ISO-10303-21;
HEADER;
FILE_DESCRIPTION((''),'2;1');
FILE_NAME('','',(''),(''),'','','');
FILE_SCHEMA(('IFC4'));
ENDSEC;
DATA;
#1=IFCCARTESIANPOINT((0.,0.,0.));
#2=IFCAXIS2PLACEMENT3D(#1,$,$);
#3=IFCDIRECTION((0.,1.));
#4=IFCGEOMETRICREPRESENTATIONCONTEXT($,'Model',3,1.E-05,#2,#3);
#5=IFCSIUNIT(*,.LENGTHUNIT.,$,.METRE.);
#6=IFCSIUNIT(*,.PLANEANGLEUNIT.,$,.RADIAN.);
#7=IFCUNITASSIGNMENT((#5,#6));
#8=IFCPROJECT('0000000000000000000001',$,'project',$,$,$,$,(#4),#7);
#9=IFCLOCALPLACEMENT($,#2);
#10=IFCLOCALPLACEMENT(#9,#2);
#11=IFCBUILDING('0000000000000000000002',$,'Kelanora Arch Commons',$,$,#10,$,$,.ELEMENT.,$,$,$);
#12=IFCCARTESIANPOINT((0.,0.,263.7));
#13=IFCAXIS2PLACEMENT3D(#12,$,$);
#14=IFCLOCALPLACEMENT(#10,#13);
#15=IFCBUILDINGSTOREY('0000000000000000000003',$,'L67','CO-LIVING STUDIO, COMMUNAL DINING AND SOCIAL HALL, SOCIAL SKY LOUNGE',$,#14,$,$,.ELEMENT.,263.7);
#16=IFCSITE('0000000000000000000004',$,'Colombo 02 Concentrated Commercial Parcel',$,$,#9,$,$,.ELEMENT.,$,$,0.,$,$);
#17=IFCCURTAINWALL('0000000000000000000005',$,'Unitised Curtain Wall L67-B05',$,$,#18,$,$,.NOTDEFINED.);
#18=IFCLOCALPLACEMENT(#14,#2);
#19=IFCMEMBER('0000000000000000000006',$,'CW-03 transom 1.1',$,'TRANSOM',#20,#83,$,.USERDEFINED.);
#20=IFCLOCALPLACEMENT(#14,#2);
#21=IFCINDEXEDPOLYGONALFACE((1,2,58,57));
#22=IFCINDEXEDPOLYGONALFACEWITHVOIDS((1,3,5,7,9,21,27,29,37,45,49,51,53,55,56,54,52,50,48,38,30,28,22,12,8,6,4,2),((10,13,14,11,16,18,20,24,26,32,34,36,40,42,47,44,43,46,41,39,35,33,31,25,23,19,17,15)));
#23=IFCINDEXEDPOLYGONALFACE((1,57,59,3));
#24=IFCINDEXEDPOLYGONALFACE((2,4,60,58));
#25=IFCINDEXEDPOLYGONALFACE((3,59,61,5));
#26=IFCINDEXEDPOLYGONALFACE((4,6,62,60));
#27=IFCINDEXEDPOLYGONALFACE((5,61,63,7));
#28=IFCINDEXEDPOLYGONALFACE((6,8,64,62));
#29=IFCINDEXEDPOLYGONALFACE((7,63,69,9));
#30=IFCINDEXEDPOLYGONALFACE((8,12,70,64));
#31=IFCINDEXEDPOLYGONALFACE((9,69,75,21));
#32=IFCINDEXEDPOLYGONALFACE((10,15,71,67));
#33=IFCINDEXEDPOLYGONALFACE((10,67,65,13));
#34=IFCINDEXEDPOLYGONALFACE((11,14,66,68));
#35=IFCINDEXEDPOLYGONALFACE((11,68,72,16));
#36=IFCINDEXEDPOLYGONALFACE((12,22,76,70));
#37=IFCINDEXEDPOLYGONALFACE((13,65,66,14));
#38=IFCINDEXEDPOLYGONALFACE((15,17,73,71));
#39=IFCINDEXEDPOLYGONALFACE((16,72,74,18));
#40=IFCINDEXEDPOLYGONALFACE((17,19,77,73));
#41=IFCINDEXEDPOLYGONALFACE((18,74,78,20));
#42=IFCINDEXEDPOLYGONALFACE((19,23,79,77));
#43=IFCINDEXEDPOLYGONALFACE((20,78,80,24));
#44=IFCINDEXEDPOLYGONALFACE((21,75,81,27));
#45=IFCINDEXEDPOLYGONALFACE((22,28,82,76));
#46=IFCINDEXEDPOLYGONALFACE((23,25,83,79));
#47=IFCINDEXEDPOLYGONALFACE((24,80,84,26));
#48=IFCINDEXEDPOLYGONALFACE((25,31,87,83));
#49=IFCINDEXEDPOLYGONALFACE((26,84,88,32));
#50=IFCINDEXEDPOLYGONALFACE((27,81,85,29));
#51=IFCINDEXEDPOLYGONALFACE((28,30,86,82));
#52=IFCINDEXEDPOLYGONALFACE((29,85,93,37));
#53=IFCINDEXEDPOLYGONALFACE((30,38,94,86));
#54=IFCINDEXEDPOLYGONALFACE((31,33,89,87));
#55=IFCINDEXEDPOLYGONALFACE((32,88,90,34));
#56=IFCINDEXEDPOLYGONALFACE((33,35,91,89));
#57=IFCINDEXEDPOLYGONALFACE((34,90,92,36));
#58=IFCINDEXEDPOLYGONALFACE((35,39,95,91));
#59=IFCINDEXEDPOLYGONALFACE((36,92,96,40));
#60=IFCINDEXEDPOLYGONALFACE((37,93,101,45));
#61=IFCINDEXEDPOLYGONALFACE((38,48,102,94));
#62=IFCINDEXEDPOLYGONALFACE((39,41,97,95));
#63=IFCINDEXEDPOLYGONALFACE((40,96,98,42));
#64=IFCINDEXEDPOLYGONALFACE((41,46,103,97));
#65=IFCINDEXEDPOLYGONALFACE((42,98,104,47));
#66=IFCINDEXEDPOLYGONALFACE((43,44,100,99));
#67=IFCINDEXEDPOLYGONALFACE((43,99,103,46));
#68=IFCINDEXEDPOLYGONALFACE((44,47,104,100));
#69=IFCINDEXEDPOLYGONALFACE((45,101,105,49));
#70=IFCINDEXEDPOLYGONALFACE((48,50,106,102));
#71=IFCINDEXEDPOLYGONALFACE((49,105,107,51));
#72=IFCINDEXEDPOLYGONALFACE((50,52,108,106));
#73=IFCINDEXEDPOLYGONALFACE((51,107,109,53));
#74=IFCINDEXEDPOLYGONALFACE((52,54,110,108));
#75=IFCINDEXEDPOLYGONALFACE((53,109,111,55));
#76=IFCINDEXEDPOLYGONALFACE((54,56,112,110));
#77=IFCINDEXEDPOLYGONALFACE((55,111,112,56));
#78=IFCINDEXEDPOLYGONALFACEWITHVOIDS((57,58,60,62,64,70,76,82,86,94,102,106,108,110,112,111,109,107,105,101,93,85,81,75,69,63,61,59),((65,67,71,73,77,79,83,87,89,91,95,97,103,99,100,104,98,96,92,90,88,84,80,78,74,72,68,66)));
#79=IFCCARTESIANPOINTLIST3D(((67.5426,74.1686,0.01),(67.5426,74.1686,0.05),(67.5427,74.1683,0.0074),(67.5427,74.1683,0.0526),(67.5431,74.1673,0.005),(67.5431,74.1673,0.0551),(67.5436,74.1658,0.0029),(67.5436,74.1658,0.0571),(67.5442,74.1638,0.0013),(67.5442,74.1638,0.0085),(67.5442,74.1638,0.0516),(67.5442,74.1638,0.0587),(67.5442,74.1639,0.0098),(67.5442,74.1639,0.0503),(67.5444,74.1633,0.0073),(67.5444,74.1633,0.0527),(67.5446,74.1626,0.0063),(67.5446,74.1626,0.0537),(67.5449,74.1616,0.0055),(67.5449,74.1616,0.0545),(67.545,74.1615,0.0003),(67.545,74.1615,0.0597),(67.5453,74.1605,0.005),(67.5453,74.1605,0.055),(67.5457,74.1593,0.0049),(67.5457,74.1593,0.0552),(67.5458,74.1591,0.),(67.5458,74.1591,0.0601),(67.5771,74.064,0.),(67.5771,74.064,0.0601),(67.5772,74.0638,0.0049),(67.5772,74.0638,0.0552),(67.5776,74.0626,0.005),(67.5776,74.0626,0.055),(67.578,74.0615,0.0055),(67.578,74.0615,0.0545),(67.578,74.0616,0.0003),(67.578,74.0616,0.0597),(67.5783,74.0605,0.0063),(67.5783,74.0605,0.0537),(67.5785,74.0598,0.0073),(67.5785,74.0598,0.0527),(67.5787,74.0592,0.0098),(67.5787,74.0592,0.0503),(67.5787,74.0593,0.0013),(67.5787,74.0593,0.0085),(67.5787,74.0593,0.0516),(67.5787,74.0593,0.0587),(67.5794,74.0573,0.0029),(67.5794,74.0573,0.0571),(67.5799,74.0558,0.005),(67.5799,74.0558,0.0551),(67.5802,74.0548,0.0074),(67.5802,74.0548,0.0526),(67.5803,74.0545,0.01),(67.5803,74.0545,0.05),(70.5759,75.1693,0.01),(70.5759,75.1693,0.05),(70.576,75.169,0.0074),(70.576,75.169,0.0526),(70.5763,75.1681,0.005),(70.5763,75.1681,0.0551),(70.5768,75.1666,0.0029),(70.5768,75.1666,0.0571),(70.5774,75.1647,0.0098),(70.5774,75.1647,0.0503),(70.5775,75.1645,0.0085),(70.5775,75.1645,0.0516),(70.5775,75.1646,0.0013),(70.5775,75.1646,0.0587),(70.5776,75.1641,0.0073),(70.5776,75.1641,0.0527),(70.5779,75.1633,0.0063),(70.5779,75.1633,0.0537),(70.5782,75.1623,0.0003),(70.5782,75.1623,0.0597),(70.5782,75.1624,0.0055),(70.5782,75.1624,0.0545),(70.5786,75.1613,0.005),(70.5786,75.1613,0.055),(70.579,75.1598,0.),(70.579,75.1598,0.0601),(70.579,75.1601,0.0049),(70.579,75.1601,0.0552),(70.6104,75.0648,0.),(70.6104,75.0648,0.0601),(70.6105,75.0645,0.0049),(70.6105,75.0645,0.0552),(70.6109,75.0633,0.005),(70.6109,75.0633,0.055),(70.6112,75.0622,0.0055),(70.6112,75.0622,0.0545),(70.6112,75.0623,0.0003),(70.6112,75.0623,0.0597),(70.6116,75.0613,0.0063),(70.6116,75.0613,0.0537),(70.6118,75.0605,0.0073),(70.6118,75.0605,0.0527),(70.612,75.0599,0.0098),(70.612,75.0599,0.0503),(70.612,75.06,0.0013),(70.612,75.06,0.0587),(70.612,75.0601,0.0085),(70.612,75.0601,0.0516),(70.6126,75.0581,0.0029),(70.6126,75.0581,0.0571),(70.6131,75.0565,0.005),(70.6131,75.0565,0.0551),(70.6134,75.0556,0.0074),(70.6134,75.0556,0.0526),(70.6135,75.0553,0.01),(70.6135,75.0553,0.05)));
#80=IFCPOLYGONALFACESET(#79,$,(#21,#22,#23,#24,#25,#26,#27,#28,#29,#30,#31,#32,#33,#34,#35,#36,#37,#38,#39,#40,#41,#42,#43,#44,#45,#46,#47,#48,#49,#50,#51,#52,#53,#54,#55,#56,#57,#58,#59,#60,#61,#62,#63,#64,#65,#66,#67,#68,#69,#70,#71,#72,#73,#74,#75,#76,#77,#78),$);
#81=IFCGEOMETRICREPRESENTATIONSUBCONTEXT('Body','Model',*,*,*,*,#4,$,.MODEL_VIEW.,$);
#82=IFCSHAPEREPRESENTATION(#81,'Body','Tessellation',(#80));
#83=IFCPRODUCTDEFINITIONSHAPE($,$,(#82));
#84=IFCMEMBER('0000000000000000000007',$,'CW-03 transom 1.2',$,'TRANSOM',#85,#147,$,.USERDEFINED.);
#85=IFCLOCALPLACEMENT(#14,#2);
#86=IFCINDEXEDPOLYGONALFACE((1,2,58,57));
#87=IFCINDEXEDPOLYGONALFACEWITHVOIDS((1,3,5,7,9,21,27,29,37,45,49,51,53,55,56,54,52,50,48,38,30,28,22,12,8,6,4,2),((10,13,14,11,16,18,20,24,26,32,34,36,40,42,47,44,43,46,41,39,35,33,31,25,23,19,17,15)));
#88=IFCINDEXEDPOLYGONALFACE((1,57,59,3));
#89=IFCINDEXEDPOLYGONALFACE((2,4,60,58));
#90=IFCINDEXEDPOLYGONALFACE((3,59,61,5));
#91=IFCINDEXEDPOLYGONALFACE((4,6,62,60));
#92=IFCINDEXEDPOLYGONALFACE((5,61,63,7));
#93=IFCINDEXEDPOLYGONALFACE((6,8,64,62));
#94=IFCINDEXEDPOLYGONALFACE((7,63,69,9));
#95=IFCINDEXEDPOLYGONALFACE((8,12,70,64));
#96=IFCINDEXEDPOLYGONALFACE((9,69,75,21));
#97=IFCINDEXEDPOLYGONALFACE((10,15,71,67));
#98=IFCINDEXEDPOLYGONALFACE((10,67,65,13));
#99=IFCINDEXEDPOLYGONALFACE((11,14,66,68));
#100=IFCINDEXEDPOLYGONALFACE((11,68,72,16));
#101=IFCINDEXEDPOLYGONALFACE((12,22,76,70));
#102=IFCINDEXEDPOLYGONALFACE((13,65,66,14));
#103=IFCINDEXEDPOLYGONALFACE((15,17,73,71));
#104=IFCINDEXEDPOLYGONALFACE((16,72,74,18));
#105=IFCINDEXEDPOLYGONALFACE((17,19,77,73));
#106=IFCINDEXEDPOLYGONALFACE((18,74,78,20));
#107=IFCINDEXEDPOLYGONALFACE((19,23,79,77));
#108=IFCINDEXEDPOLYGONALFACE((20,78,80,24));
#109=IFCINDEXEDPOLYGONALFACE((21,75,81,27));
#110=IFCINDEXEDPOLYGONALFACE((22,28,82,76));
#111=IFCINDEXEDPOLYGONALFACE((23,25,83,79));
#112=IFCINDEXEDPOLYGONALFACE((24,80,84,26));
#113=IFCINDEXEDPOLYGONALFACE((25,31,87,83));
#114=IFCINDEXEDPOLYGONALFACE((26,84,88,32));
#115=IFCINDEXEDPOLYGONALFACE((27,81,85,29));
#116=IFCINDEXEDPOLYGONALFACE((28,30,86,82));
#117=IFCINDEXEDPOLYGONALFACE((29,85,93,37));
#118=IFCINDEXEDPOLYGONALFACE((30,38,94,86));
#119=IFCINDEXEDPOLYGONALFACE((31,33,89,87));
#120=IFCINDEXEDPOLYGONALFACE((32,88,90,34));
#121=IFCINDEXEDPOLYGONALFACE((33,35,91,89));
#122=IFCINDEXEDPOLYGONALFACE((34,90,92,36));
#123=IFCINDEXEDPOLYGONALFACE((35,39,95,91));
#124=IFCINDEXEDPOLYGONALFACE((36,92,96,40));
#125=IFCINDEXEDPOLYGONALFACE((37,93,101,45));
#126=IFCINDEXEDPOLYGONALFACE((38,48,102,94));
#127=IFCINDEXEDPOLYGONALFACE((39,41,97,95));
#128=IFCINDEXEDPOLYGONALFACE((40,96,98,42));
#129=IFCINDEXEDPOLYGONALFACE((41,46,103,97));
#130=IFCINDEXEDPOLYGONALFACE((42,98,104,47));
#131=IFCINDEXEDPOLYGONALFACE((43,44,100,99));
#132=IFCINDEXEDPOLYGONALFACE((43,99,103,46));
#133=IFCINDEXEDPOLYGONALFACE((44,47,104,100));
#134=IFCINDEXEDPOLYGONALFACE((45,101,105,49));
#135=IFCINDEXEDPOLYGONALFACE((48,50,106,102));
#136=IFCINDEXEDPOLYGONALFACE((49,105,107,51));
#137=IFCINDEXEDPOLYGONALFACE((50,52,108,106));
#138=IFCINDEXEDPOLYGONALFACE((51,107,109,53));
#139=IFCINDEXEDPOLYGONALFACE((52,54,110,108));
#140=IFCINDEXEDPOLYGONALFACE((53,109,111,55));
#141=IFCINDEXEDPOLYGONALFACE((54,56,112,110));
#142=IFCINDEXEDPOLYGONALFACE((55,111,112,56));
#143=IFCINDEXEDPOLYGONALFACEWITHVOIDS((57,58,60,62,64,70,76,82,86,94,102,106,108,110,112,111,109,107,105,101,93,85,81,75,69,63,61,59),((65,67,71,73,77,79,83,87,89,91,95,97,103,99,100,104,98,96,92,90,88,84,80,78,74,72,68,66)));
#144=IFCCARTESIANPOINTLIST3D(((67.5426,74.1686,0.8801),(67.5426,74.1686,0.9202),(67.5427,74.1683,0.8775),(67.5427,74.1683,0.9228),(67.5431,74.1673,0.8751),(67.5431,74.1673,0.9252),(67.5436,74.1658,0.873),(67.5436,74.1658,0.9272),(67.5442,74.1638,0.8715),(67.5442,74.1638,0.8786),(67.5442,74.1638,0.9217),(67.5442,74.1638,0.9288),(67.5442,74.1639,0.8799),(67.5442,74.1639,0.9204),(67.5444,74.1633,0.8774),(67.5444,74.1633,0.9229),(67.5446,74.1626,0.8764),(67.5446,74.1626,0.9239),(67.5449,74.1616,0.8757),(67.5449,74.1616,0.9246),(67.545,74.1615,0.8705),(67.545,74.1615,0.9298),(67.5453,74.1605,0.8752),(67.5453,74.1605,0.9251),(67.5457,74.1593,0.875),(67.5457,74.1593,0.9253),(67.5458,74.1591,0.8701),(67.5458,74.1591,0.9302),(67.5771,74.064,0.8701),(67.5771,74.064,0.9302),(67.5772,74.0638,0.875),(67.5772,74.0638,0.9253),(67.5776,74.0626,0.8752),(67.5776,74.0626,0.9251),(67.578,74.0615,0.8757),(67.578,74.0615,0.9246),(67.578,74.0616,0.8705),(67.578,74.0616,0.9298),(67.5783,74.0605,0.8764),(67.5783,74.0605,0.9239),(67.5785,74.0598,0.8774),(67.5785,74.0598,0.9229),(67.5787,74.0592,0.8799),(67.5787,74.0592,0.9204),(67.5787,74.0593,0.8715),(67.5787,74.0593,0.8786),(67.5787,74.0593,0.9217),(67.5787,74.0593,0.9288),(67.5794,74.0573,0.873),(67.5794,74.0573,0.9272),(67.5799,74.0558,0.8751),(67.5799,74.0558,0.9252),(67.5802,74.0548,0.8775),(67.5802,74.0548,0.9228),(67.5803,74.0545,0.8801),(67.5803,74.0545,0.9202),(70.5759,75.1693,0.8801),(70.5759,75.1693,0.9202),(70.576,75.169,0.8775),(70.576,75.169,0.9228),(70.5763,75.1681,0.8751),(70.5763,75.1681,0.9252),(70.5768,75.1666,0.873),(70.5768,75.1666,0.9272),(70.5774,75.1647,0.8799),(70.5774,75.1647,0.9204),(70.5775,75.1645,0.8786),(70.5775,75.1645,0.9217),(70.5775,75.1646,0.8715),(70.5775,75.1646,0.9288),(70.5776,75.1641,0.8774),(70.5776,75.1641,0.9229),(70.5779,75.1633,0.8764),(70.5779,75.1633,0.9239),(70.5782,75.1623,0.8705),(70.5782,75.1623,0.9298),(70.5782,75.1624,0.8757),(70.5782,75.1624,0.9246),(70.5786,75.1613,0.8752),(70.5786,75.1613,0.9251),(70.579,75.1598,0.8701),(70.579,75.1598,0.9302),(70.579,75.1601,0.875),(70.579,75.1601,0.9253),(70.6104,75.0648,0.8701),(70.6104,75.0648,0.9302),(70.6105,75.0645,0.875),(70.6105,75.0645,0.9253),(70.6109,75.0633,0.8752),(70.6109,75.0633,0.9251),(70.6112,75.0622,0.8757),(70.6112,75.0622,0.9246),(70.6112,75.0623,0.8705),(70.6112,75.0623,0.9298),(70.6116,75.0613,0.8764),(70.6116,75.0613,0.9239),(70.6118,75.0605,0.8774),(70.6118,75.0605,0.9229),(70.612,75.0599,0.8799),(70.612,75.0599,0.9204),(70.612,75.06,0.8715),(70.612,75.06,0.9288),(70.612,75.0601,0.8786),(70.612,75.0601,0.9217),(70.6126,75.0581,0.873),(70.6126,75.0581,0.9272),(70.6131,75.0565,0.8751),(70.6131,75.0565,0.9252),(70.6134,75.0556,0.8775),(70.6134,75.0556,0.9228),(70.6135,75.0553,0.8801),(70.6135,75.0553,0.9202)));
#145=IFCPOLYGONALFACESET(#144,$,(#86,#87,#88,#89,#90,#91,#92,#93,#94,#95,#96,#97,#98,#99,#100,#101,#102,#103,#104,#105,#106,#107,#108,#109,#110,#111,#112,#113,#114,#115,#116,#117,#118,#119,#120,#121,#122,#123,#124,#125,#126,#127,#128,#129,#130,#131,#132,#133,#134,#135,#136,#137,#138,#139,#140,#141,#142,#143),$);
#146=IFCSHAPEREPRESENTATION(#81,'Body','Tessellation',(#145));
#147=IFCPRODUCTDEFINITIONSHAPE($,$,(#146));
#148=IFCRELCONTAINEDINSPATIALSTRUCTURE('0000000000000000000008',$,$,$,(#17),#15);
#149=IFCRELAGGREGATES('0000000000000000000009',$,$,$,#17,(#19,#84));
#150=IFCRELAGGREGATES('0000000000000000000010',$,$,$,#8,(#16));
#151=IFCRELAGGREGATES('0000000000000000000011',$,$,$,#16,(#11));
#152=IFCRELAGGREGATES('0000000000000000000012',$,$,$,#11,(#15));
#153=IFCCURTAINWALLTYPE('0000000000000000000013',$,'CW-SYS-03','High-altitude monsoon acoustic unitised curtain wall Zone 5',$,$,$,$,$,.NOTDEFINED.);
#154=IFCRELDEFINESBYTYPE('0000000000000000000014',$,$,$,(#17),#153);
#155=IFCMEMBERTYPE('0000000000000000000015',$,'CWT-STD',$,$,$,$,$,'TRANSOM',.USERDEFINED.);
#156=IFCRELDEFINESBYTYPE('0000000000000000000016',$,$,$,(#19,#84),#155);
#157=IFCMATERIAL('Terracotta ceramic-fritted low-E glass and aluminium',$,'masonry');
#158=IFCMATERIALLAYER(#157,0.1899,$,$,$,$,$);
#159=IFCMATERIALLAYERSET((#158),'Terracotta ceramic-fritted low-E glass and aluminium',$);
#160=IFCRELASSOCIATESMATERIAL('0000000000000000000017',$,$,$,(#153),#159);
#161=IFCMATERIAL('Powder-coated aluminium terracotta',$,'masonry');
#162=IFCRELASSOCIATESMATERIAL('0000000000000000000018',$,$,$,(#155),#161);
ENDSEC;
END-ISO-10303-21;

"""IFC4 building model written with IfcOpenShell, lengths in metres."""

from ifc_helpers import new_model, si_unit, direction, frame, origin, origin_2d, place, context, subcontext, project, spatial, hollow_rectangle, extrude, material, layer, layer_set, material_profile, profile_set, type_object, element, aggregate, save


model = new_model("IFC4")

# Units and contexts
model_context = context("Model", 3, precision=1e-05, world=origin(), true_north=direction((0.0, 1.0)))
body_context = subcontext(model_context, "Body", "Model", "MODEL_VIEW")
ifc_project = project(units=[si_unit("LENGTHUNIT", "METRE"), si_unit("PLANEANGLEUNIT", "RADIAN")], contexts=[model_context])

# Site, building, storey
site_placement = place(None, origin())
site = spatial("IfcSite", under=ifc_project, at=site_placement, Name="Colombo 02 Concentrated Commercial Parcel", CompositionType="ELEMENT", RefElevation=0.0)
building_placement = place(site_placement, origin())
building = spatial("IfcBuilding", under=site, at=building_placement, Name="Kelanora Arch Commons", CompositionType="ELEMENT")
storey_placement = place(building_placement, frame((0.0, 0.0, 263.7)))
storey = spatial("IfcBuildingStorey", under=building, at=storey_placement, Name="L67", Description="CO-LIVING STUDIO, COMMUNAL DINING AND SOCIAL HALL, SOCIAL SKY LOUNGE", CompositionType="ELEMENT", Elevation=263.7)

# Curtain wall, members
ifc_material_1 = material(Name="Terracotta ceramic-fritted low-E glass and aluminium", Category="masonry")
ifc_layer_1 = layer(ifc_material_1, 0.1899)
ifc_layer_set_1 = layer_set([ifc_layer_1], Name="Terracotta ceramic-fritted low-E glass and aluminium")
curtain_wall_type = type_object("IfcCurtainWallType", Name="CW-SYS-03", Description="High-altitude monsoon acoustic unitised curtain wall Zone 5", PredefinedType="NOTDEFINED", material=ifc_layer_set_1)
curtain_wall_placement = place(storey_placement, origin())
curtain_wall = element("IfcCurtainWall", 1, at=curtain_wall_placement, inside=storey, type_object=curtain_wall_type, Name="Unitised Curtain Wall L67-B05", PredefinedType="NOTDEFINED")
ifc_material_2 = material(Name="Powder-coated aluminium terracotta", Category="masonry")
ifc_material_profile_1 = material_profile(ifc_material_2, hollow_rectangle(XDim=0.1201, YDim=0.0601, WallThickness=0.0049, InnerFilletRadius=0.0049, OuterFilletRadius=0.01, at=origin_2d()), Name="CWT120x60")
ifc_profile_set_1 = profile_set([ifc_material_profile_1], Name="Powder-coated aluminium terracotta")
member_type_1 = type_object("IfcMemberType", Name="CWT-STD", ElementType="TRANSOM", PredefinedType="USERDEFINED", material=ifc_profile_set_1)
member_1_placement = place(storey_placement, frame((70.5947, 75.1123, 0.03), z_axis=(-0.94965, -0.313314, 0.0), x_axis=(0.313314, -0.94965, 0.0)))
member_1 = element("IfcMember", 2, at=member_1_placement, type_object=member_type_1, Name="CW-03 transom 1.1", ObjectType="TRANSOM", PredefinedType="USERDEFINED", context=body_context, shape_type="SweptSolid", body=[
    extrude(hollow_rectangle(XDim=0.1201, YDim=0.0601, WallThickness=0.0049, InnerFilletRadius=0.0049, OuterFilletRadius=0.01, at=origin_2d()), origin(), (0.0, 0.0, 1.0), 3.1941),
])
member_2_placement = place(storey_placement, frame((70.5947, 75.1123, 0.9001), z_axis=(-0.94965, -0.313314, 0.0), x_axis=(0.313314, -0.94965, 0.0)))
member_2 = element("IfcMember", 3, at=member_2_placement, type_object=member_type_1, Name="CW-03 transom 1.2", ObjectType="TRANSOM", PredefinedType="USERDEFINED", context=body_context, shape_type="SweptSolid", body=[
    extrude(hollow_rectangle(XDim=0.1201, YDim=0.0601, WallThickness=0.0049, InnerFilletRadius=0.0049, OuterFilletRadius=0.01, at=origin_2d()), origin(), (0.0, 0.0, 1.0), 3.1941),
])
aggregate(curtain_wall, [member_1, member_2])

save(model, "model.ifc")
